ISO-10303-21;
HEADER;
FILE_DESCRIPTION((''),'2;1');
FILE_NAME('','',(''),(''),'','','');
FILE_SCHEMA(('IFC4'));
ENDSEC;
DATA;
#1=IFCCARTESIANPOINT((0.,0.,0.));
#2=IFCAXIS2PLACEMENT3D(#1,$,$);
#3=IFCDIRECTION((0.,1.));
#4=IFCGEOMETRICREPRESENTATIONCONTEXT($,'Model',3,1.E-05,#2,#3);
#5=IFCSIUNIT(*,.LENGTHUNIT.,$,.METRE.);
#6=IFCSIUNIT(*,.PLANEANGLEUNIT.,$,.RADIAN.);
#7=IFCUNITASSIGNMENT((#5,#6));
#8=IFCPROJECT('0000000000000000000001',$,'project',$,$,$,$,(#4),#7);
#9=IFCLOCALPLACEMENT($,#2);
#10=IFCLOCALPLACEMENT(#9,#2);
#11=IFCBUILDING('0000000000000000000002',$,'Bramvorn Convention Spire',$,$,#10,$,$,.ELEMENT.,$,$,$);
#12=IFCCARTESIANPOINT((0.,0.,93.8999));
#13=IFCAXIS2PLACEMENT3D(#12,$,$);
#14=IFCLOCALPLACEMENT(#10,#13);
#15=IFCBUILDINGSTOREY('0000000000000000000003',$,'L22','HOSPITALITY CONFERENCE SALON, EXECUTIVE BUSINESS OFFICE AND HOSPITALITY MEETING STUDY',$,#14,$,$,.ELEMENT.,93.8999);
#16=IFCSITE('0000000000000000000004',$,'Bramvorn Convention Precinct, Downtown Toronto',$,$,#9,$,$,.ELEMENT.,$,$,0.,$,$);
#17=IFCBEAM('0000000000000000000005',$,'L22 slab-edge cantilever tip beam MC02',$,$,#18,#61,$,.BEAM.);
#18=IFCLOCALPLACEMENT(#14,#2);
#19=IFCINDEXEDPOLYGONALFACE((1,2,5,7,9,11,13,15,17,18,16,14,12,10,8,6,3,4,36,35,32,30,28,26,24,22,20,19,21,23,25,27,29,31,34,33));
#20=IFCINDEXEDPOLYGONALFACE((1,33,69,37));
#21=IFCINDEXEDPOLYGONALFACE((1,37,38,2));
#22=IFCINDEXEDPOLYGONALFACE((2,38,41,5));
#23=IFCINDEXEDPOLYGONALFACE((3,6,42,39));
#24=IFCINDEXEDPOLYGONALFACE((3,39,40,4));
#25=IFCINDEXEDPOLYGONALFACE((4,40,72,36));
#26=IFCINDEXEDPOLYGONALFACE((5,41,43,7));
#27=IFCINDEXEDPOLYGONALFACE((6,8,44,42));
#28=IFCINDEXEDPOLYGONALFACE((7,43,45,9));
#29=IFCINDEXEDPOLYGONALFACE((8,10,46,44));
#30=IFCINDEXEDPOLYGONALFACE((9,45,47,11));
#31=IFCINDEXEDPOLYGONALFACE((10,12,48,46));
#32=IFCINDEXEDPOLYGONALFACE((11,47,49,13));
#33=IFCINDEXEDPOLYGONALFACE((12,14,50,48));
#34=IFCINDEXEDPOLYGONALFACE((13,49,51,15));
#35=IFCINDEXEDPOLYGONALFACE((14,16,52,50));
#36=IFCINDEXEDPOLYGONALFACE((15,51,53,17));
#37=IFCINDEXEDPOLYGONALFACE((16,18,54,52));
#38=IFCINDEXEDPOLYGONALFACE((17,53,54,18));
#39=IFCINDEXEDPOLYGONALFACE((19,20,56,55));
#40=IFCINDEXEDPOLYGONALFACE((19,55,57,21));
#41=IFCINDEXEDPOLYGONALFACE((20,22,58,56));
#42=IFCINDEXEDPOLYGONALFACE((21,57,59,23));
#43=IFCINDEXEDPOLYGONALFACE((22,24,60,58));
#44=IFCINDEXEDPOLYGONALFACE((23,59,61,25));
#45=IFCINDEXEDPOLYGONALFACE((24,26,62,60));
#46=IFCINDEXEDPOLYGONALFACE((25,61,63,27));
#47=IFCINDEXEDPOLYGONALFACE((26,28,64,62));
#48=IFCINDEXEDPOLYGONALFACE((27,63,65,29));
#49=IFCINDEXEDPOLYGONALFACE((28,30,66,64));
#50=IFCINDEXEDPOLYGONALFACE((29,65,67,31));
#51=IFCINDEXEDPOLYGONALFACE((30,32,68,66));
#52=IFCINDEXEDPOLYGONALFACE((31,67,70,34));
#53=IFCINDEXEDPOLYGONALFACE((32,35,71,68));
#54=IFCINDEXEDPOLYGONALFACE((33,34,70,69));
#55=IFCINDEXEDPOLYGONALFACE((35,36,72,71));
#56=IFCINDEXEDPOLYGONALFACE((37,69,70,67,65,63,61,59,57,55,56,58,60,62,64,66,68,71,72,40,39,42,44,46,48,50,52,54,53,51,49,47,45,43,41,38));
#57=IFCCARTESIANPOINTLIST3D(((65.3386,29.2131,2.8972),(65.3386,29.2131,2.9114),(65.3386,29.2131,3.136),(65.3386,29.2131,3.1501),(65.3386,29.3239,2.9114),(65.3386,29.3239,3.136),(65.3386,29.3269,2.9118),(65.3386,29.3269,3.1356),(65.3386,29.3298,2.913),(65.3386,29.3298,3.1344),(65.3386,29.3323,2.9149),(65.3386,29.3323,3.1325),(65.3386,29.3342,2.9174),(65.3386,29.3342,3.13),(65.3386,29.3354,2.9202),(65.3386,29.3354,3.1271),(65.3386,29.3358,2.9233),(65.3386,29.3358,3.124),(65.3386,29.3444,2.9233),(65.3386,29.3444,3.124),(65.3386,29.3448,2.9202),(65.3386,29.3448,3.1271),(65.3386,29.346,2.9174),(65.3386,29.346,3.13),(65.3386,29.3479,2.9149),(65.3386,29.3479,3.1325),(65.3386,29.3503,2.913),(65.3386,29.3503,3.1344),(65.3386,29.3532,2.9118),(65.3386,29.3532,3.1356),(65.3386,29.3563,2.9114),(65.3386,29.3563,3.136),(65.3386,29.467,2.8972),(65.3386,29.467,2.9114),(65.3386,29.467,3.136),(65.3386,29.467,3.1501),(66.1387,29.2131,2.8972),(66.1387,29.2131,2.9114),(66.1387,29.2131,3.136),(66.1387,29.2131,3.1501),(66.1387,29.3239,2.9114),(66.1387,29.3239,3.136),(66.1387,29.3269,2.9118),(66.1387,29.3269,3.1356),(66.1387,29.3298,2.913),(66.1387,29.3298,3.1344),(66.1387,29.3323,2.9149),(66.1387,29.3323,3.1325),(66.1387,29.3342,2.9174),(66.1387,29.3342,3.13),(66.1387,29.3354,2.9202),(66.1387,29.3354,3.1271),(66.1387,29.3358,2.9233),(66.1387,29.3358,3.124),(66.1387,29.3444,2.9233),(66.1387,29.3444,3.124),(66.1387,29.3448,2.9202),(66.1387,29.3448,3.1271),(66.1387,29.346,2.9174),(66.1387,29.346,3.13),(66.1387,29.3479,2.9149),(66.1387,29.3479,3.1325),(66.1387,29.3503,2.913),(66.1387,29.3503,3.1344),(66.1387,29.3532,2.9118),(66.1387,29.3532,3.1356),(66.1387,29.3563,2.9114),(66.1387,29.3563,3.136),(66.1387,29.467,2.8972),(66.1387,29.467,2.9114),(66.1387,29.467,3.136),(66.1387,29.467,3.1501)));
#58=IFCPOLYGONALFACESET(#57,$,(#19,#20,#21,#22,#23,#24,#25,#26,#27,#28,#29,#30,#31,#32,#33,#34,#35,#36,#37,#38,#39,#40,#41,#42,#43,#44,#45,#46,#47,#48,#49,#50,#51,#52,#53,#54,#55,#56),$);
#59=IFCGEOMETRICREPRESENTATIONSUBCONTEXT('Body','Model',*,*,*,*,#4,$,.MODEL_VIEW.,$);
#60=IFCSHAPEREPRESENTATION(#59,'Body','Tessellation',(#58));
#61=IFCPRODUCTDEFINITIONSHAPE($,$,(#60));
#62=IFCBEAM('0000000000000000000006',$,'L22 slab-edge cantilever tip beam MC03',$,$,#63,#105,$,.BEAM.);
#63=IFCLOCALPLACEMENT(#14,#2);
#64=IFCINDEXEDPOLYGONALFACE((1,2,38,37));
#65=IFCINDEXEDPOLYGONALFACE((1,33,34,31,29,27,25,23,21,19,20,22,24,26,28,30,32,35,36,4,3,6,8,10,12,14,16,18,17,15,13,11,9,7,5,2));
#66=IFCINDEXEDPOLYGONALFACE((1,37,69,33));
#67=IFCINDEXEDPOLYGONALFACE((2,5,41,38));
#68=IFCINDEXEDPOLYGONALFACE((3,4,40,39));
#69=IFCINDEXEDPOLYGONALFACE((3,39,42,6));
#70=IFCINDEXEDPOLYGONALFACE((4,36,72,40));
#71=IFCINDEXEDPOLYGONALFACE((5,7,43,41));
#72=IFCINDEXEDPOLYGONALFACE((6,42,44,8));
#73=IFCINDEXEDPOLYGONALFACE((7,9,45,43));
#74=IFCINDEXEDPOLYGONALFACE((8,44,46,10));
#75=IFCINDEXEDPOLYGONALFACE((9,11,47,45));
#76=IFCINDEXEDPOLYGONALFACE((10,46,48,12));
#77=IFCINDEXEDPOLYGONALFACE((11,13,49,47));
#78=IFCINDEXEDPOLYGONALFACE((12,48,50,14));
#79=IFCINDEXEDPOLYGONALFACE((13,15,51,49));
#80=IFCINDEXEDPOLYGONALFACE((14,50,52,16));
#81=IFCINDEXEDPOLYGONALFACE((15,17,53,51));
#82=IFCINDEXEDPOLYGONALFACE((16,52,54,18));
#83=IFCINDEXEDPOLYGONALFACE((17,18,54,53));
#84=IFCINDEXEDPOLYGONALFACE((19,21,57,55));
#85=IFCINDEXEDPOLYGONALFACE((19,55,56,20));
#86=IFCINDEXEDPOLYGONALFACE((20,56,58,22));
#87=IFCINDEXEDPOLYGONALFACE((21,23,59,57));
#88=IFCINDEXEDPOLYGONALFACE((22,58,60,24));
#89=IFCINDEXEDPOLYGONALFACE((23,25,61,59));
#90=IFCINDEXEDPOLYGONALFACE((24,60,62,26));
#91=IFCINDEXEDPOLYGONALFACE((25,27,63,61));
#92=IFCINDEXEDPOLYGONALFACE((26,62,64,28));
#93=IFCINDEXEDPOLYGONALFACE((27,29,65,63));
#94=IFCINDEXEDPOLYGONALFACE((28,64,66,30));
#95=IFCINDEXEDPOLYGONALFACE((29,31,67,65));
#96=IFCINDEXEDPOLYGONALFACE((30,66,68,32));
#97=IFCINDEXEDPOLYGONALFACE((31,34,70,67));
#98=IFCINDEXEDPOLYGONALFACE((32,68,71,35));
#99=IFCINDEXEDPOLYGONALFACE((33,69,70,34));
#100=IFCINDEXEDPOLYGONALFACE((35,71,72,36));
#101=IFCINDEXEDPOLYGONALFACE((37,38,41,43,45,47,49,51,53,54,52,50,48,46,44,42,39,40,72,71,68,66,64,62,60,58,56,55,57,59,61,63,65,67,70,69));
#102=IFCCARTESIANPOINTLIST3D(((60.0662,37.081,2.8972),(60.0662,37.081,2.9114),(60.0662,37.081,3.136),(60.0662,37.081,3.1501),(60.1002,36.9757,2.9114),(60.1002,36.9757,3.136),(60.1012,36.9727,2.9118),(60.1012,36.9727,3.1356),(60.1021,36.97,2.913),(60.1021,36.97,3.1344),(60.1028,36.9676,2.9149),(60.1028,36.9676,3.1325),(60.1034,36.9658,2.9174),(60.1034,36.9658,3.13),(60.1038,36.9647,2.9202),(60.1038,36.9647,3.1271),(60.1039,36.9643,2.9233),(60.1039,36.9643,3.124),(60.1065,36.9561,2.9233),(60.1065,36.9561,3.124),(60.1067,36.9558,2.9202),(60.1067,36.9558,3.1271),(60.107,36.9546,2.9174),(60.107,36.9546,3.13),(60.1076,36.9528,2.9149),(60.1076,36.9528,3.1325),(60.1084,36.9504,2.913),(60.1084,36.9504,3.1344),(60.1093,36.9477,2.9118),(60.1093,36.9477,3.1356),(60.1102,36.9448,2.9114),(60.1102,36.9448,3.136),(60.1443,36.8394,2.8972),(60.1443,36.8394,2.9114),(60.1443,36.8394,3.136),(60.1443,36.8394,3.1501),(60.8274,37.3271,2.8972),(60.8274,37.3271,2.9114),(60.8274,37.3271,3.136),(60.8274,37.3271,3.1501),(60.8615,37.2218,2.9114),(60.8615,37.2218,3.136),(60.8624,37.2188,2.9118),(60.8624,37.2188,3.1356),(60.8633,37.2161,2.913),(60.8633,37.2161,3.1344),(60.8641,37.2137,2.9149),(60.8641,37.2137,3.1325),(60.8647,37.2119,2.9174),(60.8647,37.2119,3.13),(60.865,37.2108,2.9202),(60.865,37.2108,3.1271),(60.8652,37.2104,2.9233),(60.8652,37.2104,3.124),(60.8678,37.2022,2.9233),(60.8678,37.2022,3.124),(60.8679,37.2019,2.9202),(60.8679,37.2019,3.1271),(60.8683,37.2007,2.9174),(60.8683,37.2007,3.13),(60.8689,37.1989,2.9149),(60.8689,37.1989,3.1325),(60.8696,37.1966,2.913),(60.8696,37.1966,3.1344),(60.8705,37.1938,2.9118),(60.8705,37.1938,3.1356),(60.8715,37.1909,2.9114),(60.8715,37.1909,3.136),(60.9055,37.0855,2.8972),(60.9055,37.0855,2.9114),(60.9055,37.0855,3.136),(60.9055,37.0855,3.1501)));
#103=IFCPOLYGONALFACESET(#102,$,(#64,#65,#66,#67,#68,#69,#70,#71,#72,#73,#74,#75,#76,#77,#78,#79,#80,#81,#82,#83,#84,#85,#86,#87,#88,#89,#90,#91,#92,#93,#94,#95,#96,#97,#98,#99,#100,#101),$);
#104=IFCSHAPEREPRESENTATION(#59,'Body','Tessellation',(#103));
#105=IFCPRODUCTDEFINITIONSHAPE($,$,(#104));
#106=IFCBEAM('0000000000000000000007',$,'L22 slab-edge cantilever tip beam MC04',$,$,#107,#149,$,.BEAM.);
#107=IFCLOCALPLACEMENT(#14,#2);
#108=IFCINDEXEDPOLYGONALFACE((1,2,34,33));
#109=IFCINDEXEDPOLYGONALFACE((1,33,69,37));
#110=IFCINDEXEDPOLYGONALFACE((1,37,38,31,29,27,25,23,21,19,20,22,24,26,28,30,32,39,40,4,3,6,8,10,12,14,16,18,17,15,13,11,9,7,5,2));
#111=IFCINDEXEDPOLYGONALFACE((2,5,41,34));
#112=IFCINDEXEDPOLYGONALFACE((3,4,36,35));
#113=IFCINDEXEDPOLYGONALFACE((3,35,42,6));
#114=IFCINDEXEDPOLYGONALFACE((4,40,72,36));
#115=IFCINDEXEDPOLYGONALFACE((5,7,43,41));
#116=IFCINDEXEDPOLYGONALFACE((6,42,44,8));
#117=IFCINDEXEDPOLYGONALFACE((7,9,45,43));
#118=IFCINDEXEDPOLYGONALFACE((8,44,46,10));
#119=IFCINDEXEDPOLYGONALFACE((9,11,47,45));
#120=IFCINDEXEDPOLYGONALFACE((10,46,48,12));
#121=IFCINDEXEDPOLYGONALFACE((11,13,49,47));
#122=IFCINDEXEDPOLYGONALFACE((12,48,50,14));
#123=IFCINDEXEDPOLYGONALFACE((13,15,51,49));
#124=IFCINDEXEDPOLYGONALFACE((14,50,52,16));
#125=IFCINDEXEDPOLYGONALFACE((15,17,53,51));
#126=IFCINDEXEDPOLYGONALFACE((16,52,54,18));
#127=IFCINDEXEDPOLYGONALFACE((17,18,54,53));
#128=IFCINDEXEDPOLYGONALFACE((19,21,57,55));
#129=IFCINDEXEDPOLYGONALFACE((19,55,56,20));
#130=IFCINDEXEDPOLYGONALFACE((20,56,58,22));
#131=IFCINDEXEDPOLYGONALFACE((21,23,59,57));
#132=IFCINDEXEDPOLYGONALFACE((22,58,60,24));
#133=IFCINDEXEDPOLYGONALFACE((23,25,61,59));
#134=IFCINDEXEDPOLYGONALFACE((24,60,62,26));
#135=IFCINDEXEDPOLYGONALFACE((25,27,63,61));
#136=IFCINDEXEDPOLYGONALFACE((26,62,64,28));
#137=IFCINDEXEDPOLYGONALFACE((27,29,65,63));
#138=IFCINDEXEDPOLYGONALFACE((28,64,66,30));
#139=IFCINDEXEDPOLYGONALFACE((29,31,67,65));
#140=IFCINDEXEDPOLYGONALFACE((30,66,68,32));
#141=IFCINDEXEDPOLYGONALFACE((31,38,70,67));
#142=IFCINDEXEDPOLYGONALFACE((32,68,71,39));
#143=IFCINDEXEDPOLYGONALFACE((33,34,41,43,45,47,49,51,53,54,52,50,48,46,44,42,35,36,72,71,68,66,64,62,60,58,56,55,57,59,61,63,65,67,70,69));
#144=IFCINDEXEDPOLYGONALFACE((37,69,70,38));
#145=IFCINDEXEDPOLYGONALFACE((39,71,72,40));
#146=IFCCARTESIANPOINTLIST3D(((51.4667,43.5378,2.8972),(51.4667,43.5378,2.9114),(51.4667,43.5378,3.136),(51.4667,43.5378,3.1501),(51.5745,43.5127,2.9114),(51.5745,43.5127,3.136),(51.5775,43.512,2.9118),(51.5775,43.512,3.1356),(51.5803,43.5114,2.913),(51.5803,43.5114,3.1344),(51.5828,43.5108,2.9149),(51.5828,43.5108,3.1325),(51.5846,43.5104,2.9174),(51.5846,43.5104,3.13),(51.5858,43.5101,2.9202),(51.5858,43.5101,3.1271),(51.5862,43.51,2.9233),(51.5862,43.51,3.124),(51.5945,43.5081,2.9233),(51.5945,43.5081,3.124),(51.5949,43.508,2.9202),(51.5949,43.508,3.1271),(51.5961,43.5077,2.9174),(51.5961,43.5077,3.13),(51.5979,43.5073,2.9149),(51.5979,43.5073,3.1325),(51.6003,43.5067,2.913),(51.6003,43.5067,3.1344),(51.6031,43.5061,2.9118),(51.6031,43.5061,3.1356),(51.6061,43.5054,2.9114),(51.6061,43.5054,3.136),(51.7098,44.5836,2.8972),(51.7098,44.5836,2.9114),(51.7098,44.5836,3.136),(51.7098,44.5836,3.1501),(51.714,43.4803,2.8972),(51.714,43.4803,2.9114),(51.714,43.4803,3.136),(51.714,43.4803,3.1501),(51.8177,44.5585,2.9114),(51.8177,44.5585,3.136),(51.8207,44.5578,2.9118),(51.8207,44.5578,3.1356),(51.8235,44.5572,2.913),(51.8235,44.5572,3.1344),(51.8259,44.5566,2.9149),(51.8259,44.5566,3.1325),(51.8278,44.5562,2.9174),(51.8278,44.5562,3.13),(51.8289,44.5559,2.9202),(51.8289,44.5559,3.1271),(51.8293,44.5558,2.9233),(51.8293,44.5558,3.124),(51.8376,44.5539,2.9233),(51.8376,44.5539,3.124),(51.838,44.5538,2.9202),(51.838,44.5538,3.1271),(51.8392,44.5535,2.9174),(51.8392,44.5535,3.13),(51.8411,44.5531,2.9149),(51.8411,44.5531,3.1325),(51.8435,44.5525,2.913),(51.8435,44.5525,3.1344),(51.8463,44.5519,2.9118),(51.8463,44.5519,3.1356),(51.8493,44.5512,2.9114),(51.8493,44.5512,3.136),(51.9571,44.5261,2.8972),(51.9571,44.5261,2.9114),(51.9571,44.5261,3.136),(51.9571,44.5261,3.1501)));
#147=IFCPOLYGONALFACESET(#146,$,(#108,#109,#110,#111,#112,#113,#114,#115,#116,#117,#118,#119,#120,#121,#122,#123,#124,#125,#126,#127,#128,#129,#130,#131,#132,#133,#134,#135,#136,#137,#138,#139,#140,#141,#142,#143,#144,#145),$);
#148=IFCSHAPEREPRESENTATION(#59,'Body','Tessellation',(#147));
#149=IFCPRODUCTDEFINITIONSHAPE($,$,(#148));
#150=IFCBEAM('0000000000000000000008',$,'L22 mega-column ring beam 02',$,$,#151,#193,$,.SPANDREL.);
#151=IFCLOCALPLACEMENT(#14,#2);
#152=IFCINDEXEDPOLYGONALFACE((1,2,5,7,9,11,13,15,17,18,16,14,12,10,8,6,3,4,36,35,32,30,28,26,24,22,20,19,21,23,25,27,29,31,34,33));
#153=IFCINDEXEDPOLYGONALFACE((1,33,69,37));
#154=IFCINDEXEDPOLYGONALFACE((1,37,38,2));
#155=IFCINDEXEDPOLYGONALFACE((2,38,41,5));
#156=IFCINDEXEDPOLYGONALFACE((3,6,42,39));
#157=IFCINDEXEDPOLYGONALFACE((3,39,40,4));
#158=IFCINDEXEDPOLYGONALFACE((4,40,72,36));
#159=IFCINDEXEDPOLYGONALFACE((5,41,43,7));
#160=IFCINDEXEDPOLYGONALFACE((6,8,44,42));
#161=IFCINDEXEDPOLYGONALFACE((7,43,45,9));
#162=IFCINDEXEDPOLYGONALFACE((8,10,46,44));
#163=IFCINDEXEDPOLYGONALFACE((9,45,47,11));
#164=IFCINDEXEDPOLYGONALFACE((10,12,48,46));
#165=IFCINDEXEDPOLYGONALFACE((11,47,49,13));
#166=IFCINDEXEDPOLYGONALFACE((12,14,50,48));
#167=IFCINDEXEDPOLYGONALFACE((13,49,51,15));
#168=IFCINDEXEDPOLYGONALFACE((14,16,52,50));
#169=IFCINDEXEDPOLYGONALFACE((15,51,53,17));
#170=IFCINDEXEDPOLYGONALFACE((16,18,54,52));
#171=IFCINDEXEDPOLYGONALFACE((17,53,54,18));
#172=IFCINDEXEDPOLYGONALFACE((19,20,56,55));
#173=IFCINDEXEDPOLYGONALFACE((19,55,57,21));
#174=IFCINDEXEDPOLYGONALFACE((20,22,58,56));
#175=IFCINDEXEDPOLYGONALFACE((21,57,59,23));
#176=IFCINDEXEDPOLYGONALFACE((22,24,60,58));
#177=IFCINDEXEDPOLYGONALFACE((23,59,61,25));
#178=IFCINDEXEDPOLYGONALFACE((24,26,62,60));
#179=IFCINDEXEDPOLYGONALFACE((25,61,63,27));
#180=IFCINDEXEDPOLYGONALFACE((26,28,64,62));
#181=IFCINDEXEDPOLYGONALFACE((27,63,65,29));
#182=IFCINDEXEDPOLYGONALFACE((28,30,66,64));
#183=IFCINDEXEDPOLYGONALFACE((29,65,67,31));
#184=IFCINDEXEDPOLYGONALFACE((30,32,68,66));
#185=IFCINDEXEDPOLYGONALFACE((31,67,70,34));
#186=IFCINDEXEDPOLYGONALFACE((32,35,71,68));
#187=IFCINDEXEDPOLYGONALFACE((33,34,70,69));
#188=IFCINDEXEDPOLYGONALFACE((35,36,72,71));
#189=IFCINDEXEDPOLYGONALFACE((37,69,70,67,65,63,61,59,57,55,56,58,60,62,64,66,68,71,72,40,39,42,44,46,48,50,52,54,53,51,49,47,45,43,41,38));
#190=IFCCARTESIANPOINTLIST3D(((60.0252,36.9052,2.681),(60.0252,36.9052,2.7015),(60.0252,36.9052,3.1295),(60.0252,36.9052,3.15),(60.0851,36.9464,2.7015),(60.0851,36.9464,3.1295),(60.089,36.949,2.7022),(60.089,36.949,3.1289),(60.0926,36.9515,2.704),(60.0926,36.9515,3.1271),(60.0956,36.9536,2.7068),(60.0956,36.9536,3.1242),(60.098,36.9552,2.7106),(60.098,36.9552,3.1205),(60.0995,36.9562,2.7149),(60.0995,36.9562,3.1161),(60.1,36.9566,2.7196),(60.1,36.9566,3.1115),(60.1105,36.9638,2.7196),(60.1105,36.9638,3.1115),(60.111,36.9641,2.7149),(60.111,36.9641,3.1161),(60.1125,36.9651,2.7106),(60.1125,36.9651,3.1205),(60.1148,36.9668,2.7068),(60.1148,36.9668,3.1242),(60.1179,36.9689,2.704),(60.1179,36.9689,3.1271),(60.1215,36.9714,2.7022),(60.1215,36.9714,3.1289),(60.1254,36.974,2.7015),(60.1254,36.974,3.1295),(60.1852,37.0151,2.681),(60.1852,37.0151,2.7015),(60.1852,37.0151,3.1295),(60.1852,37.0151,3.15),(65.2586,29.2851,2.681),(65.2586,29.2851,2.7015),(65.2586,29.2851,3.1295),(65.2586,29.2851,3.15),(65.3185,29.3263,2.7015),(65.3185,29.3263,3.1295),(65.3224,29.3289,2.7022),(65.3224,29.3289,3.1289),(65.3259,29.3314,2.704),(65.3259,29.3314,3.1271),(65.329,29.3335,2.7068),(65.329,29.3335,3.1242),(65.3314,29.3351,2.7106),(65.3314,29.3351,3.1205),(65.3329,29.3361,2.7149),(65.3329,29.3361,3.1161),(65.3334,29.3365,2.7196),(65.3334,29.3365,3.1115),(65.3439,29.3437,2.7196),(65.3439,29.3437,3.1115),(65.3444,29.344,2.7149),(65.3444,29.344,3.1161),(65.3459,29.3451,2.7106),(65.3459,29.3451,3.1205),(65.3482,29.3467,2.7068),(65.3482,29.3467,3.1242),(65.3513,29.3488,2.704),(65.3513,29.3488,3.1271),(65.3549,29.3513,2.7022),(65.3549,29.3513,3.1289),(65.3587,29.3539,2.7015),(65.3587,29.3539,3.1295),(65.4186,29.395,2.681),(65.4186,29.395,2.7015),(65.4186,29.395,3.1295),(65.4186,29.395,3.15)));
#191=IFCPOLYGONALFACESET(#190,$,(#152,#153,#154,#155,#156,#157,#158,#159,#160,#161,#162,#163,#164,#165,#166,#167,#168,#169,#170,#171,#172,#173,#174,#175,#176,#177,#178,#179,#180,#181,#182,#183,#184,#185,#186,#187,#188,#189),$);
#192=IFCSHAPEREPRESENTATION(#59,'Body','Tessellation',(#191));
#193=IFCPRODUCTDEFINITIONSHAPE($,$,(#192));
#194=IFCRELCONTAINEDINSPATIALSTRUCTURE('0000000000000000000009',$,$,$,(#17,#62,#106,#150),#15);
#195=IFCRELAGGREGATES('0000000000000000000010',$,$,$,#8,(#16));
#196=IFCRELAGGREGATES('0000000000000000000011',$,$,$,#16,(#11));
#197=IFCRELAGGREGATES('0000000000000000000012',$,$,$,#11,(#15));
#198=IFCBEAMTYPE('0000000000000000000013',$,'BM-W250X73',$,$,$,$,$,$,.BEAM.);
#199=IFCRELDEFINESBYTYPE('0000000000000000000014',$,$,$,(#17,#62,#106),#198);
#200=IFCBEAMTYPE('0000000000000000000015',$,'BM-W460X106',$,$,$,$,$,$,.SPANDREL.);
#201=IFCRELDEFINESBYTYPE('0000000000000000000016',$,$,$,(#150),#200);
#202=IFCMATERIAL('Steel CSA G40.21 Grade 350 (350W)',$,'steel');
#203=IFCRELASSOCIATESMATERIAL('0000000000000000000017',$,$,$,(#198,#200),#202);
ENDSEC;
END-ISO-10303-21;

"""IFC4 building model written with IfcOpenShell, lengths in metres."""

from ifc_helpers import new_model, si_unit, direction, frame, origin, origin_2d, place, context, subcontext, project, spatial, i_section, extrude, material, material_profile, profile_set, type_object, element, save


model = new_model("IFC4")

# Units and contexts
model_context = context("Model", 3, precision=1e-05, world=origin(), true_north=direction((0.0, 1.0)))
body_context = subcontext(model_context, "Body", "Model", "MODEL_VIEW")
ifc_project = project(units=[si_unit("LENGTHUNIT", "METRE"), si_unit("PLANEANGLEUNIT", "RADIAN")], contexts=[model_context])

# Site, building, storey
site_placement = place(None, origin())
site = spatial("IfcSite", under=ifc_project, at=site_placement, Name="Bramvorn Convention Precinct, Downtown Toronto", CompositionType="ELEMENT", RefElevation=0.0)
building_placement = place(site_placement, origin())
building = spatial("IfcBuilding", under=site, at=building_placement, Name="Bramvorn Convention Spire", CompositionType="ELEMENT")
storey_placement = place(building_placement, frame((0.0, 0.0, 93.8999)))
storey = spatial("IfcBuildingStorey", under=building, at=storey_placement, Name="L22", Description="HOSPITALITY CONFERENCE SALON, EXECUTIVE BUSINESS OFFICE AND HOSPITALITY MEETING STUDY", CompositionType="ELEMENT", Elevation=93.8999)

# Shared definitions
ifc_material_1 = material(Name="Steel CSA G40.21 Grade 350 (350W)", Category="steel")

# Beams
ifc_material_profile_1 = material_profile(ifc_material_1, i_section(OverallWidth=0.2539, OverallDepth=0.2529, WebThickness=0.0085, FlangeThickness=0.0142, FilletRadius=0.012, at=origin_2d()))
ifc_profile_set_1 = profile_set([ifc_material_profile_1], Name="Steel CSA G40.21 Grade 350 (350W) - W250X73")
beam_type_1 = type_object("IfcBeamType", Name="BM-W250X73", PredefinedType="BEAM", material=ifc_profile_set_1)
for number, where, z_axis, x_axis, name in (
    (1, (65.3386, 29.3401, 3.0237), (1.0, 0.0, 0.0), (0.0, 1.0, 0.0), "L22 slab-edge cantilever tip beam MC02"),
    (2, (60.1052, 36.9602, 3.0237), (0.951513, 0.307609, 0.0), (-0.307609, 0.951513, 0.0), "L22 slab-edge cantilever tip beam MC03"),
):
    element("IfcBeam", number, at=place(storey_placement, frame(where, z_axis=z_axis, x_axis=x_axis)), inside=storey, type_object=beam_type_1, Name=name, PredefinedType="BEAM", context=body_context, shape_type="SweptSolid", body=[
        extrude(i_section(OverallWidth=0.2539, OverallDepth=0.2529, WebThickness=0.0085, FlangeThickness=0.0142, FilletRadius=0.012, at=origin_2d()), origin(), (0.0, 0.0, 1.0), 0.8),
    ])
beam_1_placement = place(storey_placement, frame((51.5903, 43.509, 3.0237), z_axis=(0.226453, 0.974022, 0.0), x_axis=(-0.974022, 0.226453, 0.0)))
element("IfcBeam", 3, at=beam_1_placement, inside=storey, type_object=beam_type_1, Name="L22 slab-edge cantilever tip beam MC04", PredefinedType="BEAM", context=body_context, shape_type="SweptSolid", body=[
    extrude(i_section(OverallWidth=0.2539, OverallDepth=0.2529, WebThickness=0.0085, FlangeThickness=0.0142, FilletRadius=0.012, at=origin_2d()), origin(), (0.0, 0.0, 1.0), 1.0737),
])
ifc_material_profile_2 = material_profile(ifc_material_1, i_section(OverallWidth=0.1941, OverallDepth=0.469, WebThickness=0.0127, FlangeThickness=0.0205, FilletRadius=0.0181, at=origin_2d()))
ifc_profile_set_2 = profile_set([ifc_material_profile_2], Name="Steel CSA G40.21 Grade 350 (350W) - W460X106")
beam_type_2 = type_object("IfcBeamType", Name="BM-W460X106", PredefinedType="SPANDREL", material=ifc_profile_set_2)
beam_2_placement = place(storey_placement, frame((65.3386, 29.3401, 2.9155), z_axis=(-0.56613, 0.824316, 0.0), x_axis=(-0.824316, -0.56613, 0.0)))
element("IfcBeam", 4, at=beam_2_placement, inside=storey, type_object=beam_type_2, Name="L22 mega-column ring beam 02", PredefinedType="SPANDREL", context=body_context, shape_type="SweptSolid", body=[
    extrude(i_section(OverallWidth=0.1941, OverallDepth=0.469, WebThickness=0.0127, FlangeThickness=0.0205, FilletRadius=0.0181, at=origin_2d()), origin(), (0.0, 0.0, 1.0), 9.2441),
])

save(model, "model.ifc")
